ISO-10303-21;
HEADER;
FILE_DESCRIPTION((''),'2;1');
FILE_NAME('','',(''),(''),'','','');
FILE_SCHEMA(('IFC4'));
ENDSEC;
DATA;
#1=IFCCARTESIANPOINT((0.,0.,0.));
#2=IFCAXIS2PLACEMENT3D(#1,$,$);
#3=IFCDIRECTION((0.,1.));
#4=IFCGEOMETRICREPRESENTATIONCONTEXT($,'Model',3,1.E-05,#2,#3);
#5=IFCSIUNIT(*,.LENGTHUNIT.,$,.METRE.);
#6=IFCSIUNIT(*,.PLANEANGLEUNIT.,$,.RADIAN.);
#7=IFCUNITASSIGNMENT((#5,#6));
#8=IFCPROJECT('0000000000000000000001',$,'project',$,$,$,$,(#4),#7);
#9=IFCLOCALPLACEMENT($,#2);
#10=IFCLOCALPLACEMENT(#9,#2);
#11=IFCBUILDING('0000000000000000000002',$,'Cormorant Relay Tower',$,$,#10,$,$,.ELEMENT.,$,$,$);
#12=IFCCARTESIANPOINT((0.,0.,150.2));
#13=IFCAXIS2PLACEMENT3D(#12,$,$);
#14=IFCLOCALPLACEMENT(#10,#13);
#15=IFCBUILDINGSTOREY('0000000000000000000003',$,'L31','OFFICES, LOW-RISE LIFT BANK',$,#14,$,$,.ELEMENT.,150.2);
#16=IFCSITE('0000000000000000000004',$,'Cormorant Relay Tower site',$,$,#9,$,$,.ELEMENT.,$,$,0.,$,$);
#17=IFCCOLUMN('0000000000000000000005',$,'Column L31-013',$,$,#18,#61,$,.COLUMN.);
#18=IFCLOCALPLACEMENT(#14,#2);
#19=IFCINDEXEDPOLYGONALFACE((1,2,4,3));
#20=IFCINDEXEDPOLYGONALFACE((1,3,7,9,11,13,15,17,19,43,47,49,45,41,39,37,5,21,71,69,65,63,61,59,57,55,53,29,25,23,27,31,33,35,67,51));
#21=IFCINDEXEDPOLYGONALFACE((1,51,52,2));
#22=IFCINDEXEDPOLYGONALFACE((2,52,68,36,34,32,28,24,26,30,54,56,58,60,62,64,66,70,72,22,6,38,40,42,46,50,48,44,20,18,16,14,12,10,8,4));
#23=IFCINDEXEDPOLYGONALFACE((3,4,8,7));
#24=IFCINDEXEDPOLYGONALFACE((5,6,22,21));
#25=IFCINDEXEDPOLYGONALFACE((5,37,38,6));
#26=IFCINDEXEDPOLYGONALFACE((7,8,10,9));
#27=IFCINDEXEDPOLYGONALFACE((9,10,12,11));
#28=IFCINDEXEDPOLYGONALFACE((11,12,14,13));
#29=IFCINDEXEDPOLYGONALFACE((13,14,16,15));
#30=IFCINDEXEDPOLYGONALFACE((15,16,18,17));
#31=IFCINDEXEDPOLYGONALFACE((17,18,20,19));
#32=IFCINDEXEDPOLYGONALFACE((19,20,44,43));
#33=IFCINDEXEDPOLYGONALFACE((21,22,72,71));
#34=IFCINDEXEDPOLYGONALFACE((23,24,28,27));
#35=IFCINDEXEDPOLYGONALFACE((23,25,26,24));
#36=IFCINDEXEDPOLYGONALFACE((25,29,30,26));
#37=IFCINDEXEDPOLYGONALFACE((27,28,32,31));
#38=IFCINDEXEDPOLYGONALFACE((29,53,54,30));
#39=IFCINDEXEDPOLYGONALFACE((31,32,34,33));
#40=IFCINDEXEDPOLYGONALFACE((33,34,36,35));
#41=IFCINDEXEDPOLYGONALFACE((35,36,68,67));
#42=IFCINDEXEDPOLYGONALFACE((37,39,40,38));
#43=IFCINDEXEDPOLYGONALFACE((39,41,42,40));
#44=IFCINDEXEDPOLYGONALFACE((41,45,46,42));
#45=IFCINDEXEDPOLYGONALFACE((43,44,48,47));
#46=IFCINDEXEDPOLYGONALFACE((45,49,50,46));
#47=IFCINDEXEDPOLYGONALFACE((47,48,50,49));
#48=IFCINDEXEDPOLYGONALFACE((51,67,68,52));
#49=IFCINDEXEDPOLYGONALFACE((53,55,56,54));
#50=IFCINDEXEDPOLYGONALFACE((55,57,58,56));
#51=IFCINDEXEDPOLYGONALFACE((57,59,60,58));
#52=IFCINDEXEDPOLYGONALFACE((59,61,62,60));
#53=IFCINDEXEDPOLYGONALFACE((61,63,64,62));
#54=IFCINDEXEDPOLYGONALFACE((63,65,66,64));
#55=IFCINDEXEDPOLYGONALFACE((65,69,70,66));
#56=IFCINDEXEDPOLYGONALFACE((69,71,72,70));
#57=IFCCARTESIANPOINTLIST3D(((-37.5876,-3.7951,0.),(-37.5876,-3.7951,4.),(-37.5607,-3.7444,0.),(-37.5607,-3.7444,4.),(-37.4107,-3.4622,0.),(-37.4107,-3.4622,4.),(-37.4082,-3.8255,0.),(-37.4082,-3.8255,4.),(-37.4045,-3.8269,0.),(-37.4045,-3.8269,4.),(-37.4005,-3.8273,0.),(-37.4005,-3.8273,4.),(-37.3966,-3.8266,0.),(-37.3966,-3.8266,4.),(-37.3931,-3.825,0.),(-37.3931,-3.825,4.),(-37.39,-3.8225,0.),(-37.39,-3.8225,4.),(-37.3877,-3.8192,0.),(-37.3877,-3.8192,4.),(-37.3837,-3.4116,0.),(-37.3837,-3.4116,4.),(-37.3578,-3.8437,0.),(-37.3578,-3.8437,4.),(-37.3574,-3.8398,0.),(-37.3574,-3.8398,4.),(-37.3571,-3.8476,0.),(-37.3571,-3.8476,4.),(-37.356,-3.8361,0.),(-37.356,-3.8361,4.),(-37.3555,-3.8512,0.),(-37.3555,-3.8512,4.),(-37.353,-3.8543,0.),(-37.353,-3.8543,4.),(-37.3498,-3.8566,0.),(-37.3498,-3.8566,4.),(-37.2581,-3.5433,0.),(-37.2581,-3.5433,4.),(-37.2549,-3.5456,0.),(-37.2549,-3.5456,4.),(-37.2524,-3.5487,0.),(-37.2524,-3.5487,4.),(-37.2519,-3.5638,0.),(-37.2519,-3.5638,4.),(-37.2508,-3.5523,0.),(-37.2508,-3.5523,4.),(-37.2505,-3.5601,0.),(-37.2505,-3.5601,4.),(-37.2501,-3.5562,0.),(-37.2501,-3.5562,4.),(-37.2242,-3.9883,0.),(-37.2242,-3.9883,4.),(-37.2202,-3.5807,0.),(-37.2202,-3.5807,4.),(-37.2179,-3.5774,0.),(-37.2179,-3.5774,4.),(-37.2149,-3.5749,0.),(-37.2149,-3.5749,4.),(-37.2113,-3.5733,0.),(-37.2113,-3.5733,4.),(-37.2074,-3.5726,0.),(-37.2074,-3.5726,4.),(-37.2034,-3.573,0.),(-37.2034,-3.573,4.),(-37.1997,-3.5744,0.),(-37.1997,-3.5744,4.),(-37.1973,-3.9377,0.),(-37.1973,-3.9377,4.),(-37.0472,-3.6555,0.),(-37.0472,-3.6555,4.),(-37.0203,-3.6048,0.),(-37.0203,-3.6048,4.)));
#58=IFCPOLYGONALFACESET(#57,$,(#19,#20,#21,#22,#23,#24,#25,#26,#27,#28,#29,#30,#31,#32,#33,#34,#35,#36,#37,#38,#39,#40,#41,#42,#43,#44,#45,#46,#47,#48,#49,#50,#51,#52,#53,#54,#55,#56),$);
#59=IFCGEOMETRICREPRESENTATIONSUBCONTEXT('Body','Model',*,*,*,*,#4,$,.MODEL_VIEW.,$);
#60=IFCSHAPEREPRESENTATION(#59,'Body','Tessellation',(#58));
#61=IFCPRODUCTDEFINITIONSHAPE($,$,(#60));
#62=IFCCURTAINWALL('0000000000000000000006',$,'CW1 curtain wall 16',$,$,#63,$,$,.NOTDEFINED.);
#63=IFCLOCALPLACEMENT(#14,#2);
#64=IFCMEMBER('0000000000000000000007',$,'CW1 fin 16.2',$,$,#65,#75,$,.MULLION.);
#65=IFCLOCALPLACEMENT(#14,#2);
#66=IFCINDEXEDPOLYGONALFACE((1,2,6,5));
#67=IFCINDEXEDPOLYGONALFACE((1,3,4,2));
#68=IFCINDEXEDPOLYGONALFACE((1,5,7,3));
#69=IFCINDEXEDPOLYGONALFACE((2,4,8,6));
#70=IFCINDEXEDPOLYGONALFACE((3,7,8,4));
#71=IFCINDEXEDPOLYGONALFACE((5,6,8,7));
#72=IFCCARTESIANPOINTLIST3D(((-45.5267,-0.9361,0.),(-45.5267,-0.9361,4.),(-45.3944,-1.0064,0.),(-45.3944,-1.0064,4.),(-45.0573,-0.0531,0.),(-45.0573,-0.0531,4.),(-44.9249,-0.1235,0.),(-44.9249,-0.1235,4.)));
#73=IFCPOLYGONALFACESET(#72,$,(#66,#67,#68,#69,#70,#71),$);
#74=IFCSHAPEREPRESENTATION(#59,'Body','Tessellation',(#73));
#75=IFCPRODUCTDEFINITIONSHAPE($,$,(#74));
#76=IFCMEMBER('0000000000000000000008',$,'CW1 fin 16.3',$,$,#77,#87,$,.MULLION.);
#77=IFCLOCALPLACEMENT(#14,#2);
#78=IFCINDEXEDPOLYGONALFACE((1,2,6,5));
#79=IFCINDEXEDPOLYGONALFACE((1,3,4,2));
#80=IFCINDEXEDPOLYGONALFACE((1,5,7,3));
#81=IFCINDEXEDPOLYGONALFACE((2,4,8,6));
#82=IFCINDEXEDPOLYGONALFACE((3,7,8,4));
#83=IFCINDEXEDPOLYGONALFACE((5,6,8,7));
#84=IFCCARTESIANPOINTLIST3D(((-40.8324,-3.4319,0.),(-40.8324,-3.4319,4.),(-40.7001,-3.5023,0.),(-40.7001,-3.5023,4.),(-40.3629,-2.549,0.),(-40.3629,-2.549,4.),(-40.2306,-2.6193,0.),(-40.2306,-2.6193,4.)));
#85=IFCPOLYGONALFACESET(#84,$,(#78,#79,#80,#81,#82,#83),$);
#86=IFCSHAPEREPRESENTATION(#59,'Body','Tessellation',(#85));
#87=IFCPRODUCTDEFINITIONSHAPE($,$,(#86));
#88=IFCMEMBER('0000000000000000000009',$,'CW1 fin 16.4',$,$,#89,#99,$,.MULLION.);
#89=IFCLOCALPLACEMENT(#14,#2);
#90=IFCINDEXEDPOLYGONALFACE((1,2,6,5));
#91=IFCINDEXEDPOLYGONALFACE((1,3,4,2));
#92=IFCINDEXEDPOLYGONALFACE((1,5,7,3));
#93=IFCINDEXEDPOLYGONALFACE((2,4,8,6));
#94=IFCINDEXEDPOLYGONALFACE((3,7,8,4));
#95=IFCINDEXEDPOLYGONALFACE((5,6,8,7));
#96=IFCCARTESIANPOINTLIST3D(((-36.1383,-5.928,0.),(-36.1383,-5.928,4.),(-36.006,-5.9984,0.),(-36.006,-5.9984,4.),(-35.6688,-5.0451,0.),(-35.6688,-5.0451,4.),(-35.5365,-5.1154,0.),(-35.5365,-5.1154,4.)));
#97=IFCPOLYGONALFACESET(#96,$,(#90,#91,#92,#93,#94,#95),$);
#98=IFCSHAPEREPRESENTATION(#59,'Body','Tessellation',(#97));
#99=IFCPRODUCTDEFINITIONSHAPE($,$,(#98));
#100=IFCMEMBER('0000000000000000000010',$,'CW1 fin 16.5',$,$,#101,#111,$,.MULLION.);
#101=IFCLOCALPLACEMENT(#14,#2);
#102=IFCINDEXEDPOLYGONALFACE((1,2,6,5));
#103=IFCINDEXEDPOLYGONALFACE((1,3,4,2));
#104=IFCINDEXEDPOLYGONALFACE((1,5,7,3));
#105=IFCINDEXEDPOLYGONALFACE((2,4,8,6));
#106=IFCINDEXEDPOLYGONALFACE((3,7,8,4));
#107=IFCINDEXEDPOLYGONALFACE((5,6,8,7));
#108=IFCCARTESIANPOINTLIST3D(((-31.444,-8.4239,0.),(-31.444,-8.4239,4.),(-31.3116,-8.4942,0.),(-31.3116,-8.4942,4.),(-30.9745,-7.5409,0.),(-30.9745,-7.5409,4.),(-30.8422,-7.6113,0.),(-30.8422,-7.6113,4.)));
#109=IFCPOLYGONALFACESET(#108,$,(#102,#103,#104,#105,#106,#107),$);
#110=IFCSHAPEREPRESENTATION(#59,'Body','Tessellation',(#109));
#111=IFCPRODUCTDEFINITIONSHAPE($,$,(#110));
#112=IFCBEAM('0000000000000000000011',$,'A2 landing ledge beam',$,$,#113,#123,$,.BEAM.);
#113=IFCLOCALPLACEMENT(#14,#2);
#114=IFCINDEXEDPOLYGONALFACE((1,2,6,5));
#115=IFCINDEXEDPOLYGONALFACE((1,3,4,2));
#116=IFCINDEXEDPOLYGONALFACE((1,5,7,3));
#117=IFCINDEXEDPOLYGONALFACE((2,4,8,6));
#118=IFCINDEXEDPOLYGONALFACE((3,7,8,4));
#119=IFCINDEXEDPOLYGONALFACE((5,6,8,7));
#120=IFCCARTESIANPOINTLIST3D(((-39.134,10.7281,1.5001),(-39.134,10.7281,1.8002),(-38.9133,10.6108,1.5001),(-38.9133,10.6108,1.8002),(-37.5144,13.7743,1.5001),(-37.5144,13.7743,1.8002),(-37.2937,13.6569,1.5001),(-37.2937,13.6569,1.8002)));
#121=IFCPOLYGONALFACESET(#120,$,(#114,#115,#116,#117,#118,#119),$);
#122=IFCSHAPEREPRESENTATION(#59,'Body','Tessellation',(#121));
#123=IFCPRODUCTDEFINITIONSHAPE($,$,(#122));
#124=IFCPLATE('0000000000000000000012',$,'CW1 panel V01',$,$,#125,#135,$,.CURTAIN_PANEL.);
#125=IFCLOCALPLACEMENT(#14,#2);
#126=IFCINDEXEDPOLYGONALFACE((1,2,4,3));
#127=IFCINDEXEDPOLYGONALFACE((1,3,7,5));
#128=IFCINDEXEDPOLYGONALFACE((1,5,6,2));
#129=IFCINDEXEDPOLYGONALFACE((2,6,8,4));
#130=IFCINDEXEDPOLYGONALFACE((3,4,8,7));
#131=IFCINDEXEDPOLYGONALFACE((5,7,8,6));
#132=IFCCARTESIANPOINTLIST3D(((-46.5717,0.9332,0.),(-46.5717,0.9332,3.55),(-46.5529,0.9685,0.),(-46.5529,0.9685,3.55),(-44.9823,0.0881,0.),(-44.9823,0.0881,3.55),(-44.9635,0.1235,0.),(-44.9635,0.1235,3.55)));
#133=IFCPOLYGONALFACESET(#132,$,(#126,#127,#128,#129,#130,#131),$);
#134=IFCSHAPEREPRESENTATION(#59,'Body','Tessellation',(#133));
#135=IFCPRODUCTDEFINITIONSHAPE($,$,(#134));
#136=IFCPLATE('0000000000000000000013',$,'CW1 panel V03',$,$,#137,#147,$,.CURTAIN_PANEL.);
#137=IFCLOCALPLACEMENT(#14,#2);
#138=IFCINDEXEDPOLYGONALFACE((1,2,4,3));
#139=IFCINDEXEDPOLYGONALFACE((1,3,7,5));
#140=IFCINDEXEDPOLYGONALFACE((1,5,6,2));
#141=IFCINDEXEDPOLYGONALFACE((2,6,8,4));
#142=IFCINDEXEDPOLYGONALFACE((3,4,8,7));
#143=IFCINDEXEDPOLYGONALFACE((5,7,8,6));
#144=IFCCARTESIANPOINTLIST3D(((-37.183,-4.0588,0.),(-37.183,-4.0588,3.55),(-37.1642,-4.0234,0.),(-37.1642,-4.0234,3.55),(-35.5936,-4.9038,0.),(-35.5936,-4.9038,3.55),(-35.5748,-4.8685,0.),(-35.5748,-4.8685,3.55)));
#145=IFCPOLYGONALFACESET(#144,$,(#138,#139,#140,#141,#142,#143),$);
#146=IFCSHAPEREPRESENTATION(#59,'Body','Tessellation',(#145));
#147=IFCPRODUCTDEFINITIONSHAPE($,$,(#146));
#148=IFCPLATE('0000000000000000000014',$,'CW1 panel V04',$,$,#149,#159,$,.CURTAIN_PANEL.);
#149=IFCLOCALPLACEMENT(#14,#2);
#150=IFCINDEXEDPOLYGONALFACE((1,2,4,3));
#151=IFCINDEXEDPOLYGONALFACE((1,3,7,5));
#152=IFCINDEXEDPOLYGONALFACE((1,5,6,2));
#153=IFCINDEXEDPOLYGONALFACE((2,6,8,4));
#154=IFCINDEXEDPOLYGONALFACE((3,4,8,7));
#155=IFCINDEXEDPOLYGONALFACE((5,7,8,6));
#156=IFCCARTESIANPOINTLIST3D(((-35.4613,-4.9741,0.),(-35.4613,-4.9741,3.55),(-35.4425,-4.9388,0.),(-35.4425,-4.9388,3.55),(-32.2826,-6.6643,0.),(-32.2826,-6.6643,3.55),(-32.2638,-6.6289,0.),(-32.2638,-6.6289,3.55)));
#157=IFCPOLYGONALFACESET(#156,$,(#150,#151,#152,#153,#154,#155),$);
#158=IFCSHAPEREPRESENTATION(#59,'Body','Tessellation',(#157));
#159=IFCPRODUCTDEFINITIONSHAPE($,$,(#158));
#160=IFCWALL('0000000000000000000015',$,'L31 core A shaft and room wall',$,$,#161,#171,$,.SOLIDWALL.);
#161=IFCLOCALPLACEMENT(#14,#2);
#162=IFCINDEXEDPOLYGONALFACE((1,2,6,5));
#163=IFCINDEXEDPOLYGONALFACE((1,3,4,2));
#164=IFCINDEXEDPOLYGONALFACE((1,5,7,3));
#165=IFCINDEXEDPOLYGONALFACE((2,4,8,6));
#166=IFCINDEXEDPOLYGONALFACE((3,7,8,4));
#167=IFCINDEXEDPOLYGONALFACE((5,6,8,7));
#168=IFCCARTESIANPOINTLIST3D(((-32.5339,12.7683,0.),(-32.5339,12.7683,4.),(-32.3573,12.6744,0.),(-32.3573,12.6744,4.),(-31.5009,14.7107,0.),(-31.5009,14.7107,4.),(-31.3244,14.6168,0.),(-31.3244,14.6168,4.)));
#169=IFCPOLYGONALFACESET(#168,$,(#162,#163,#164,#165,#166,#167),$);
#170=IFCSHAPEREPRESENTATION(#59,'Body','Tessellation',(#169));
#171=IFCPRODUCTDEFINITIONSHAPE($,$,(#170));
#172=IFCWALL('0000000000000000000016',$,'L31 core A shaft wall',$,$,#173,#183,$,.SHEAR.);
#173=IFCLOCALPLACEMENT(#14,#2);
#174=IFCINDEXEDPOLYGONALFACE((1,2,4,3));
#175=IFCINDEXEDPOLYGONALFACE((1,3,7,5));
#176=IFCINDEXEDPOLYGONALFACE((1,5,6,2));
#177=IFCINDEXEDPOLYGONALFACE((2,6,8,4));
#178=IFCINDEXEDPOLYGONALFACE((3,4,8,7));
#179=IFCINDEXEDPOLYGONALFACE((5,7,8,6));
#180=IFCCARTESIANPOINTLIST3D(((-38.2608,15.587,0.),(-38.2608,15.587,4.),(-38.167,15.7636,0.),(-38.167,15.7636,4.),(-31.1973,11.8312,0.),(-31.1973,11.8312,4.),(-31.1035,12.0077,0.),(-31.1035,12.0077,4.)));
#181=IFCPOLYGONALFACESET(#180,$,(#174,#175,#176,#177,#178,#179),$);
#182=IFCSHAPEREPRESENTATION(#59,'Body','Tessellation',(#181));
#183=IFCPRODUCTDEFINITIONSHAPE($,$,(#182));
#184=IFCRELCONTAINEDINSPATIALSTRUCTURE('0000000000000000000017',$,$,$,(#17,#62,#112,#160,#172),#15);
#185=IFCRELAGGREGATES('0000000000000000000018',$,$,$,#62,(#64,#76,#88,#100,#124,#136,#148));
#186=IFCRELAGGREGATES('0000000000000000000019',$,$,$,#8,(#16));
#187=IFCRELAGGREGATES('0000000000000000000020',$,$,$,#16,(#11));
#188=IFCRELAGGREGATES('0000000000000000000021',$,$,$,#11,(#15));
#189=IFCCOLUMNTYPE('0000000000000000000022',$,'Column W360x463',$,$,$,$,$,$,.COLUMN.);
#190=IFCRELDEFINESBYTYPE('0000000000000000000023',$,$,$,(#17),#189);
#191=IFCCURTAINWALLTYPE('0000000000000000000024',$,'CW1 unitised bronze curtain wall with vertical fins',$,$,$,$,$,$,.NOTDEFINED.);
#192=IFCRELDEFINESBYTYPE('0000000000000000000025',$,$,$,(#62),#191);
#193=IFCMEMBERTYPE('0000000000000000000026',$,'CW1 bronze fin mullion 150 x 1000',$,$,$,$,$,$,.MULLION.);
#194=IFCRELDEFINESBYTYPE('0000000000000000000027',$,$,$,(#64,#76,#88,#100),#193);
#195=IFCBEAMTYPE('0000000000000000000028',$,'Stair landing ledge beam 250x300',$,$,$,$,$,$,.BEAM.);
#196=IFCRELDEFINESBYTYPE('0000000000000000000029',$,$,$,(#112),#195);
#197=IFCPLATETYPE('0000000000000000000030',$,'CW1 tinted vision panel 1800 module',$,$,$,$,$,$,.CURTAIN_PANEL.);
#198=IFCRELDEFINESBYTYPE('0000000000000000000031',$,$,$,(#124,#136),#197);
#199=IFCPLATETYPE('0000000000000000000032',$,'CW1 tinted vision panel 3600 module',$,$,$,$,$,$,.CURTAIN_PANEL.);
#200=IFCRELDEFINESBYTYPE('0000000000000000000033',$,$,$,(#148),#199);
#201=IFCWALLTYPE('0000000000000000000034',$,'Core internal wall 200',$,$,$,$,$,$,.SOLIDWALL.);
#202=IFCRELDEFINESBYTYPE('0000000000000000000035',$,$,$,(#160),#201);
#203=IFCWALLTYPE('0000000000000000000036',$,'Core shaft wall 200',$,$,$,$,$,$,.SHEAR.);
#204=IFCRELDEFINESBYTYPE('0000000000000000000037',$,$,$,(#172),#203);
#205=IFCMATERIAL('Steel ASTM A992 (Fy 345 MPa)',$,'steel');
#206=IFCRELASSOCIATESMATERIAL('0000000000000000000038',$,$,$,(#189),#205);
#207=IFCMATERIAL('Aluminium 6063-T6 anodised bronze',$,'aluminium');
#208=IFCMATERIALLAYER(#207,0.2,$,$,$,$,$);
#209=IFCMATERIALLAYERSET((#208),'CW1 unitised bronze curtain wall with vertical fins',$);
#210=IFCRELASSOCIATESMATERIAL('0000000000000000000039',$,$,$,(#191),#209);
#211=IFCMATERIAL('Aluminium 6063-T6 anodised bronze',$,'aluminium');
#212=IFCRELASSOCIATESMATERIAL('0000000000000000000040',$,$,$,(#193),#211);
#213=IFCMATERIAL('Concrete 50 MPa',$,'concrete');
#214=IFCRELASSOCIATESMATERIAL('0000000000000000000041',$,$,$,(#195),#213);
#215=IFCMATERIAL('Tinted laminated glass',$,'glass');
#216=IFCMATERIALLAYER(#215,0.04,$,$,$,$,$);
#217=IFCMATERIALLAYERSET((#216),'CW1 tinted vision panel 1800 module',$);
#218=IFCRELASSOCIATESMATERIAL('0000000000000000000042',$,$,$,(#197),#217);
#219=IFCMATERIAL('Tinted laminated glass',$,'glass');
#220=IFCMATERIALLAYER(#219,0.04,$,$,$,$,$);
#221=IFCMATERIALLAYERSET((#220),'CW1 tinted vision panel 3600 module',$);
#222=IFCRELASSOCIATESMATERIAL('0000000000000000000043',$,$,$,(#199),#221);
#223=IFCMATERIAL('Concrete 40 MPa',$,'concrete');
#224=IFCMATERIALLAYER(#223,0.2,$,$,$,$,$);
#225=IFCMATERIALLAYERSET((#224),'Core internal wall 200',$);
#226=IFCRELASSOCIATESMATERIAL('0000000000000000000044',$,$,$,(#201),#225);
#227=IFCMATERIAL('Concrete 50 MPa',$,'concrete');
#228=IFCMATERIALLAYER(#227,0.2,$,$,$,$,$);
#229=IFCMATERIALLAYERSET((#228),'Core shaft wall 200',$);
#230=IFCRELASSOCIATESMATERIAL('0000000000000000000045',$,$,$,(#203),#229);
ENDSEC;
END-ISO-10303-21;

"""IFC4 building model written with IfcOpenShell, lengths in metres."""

from ifc_helpers import new_model, si_unit, direction, frame, frame_2d, origin, origin_2d, place, context, subcontext, project, spatial, rectangle, i_section, extrude, material, layer, layer_set, material_profile, profile_set, type_object, element, aggregate, save


model = new_model("IFC4")

# Units and contexts
model_context = context("Model", 3, precision=1e-05, world=origin(), true_north=direction((0.0, 1.0)))
body_context = subcontext(model_context, "Body", "Model", "MODEL_VIEW")
ifc_project = project(units=[si_unit("LENGTHUNIT", "METRE"), si_unit("PLANEANGLEUNIT", "RADIAN")], contexts=[model_context])

# Site, building, storey
site_placement = place(None, origin())
site = spatial("IfcSite", under=ifc_project, at=site_placement, Name="Cormorant Relay Tower site", CompositionType="ELEMENT", RefElevation=0.0)
building_placement = place(site_placement, origin())
building = spatial("IfcBuilding", under=site, at=building_placement, Name="Cormorant Relay Tower", CompositionType="ELEMENT")
storey_placement = place(building_placement, frame((0.0, 0.0, 150.2)))
storey = spatial("IfcBuildingStorey", under=building, at=storey_placement, Name="L31", Description="OFFICES, LOW-RISE LIFT BANK", CompositionType="ELEMENT", Elevation=150.2)

# Column
ifc_material_1 = material(Name="Steel ASTM A992 (Fy 345 MPa)", Category="steel")
ifc_material_profile_1 = material_profile(ifc_material_1, i_section(OverallWidth=0.4116, OverallDepth=0.4343, WebThickness=0.0359, FlangeThickness=0.0574, FilletRadius=0.0151, at=origin_2d()), Name="W360x463")
ifc_profile_set_1 = profile_set([ifc_material_profile_1], Name="Steel ASTM A992 (Fy 345 MPa)")
column_type = type_object("IfcColumnType", Name="Column W360x463", PredefinedType="COLUMN", material=ifc_profile_set_1)
column_placement = place(storey_placement, frame((-37.304, -3.7, 0.0), z_axis=(0.0, 0.0, 1.0), x_axis=(0.882948, -0.469472, 0.0)))
element("IfcColumn", 1, at=column_placement, inside=storey, type_object=column_type, Name="Column L31-013", PredefinedType="COLUMN", context=body_context, shape_type="SweptSolid", body=[
    extrude(i_section(OverallWidth=0.4116, OverallDepth=0.4343, WebThickness=0.0359, FlangeThickness=0.0574, FilletRadius=0.0151, at=origin_2d()), origin(), (0.0, 0.0, 1.0), 4.0),
])

# Curtain wall, members
ifc_material_2 = material(Name="Aluminium 6063-T6 anodised bronze", Category="aluminium")
ifc_layer_1 = layer(ifc_material_2, 0.2)
ifc_layer_set_1 = layer_set([ifc_layer_1], Name="CW1 unitised bronze curtain wall with vertical fins")
curtain_wall_type = type_object("IfcCurtainWallType", Name="CW1 unitised bronze curtain wall with vertical fins", PredefinedType="NOTDEFINED", material=ifc_layer_set_1)
curtain_wall_placement = place(storey_placement, origin())
curtain_wall = element("IfcCurtainWall", 2, at=curtain_wall_placement, inside=storey, type_object=curtain_wall_type, Name="CW1 curtain wall 16", PredefinedType="NOTDEFINED")
ifc_material_3 = material(Name="Aluminium 6063-T6 anodised bronze", Category="aluminium")
ifc_material_profile_2 = material_profile(ifc_material_3, rectangle(XDim=0.1499, YDim=1.0, at=origin_2d()), Name="AL 150x1000")
ifc_profile_set_2 = profile_set([ifc_material_profile_2], Name="Aluminium 6063-T6 anodised bronze")
member_type = type_object("IfcMemberType", Name="CW1 bronze fin mullion 150 x 1000", PredefinedType="MULLION", material=ifc_profile_set_2)
member_1_placement = place(storey_placement, frame((-45.2258, -0.5298, 0.0), z_axis=(0.0, 0.0, 1.0), x_axis=(0.882948, -0.469472, 0.0)))
member_1 = element("IfcMember", 3, at=member_1_placement, type_object=member_type, Name="CW1 fin 16.2", PredefinedType="MULLION", context=body_context, shape_type="SweptSolid", body=[
    extrude(rectangle(XDim=0.1499, YDim=1.0, at=origin_2d()), origin(), (0.0, 0.0, 1.0), 4.0),
])
member_2_placement = place(storey_placement, frame((-40.5315, -3.0256, 0.0), z_axis=(0.0, 0.0, 1.0), x_axis=(0.882948, -0.469472, 0.0)))
member_2 = element("IfcMember", 4, at=member_2_placement, type_object=member_type, Name="CW1 fin 16.3", PredefinedType="MULLION", context=body_context, shape_type="SweptSolid", body=[
    extrude(rectangle(XDim=0.1499, YDim=1.0, at=origin_2d()), origin(), (0.0, 0.0, 1.0), 4.0),
])
member_3_placement = place(storey_placement, frame((-35.8374, -5.5217, 0.0), z_axis=(0.0, 0.0, 1.0), x_axis=(0.882948, -0.469472, 0.0)))
member_3 = element("IfcMember", 5, at=member_3_placement, type_object=member_type, Name="CW1 fin 16.4", PredefinedType="MULLION", context=body_context, shape_type="SweptSolid", body=[
    extrude(rectangle(XDim=0.1499, YDim=1.0, at=origin_2d()), origin(), (0.0, 0.0, 1.0), 4.0),
])
member_4_placement = place(storey_placement, frame((-31.1431, -8.0176, 0.0), z_axis=(0.0, 0.0, 1.0), x_axis=(0.882948, -0.469472, 0.0)))
member_4 = element("IfcMember", 6, at=member_4_placement, type_object=member_type, Name="CW1 fin 16.5", PredefinedType="MULLION", context=body_context, shape_type="SweptSolid", body=[
    extrude(rectangle(XDim=0.1499, YDim=1.0, at=origin_2d()), origin(), (0.0, 0.0, 1.0), 4.0),
])

# Beam
ifc_material_4 = material(Name="Concrete 50 MPa", Category="concrete")
ifc_material_profile_3 = material_profile(ifc_material_4, rectangle(XDim=0.25, YDim=0.3, at=origin_2d()), Name="RC 250x300")
ifc_profile_set_3 = profile_set([ifc_material_profile_3], Name="Concrete 50 MPa")
beam_type = type_object("IfcBeamType", Name="Stair landing ledge beam 250x300", PredefinedType="BEAM", material=ifc_profile_set_3)
beam_placement = place(storey_placement, frame((-37.4041, 13.7156, 1.6501), z_axis=(-0.469464, -0.882952, 0.0), x_axis=(0.882952, -0.469464, 0.0)))
element("IfcBeam", 7, at=beam_placement, inside=storey, type_object=beam_type, Name="A2 landing ledge beam", PredefinedType="BEAM", context=body_context, shape_type="SweptSolid", body=[
    extrude(rectangle(XDim=0.25, YDim=0.3, at=origin_2d()), origin(), (0.0, 0.0, 1.0), 3.45),
])

# Plates
ifc_material_5 = material(Name="Tinted laminated glass", Category="glass")
ifc_layer_2 = layer(ifc_material_5, 0.04)
ifc_layer_set_2 = layer_set([ifc_layer_2], Name="CW1 tinted vision panel 1800 module")
plate_type_1 = type_object("IfcPlateType", Name="CW1 tinted vision panel 1800 module", PredefinedType="CURTAIN_PANEL", material=ifc_layer_set_2)
plate_1_placement = place(storey_placement, frame((-45.7676, 0.5283, 0.0), z_axis=(0.0, 0.0, 1.0), x_axis=(0.882948, -0.469472, 0.0)))
plate_1 = element("IfcPlate", 8, at=plate_1_placement, type_object=plate_type_1, Name="CW1 panel V01", PredefinedType="CURTAIN_PANEL", context=body_context, shape_type="SweptSolid", body=[
    extrude(rectangle(XDim=1.8, YDim=0.04, at=origin_2d()), origin(), (0.0, 0.0, 1.0), 3.55),
])
plate_2_placement = place(storey_placement, frame((-36.3789, -4.4636, 0.0), z_axis=(0.0, 0.0, 1.0), x_axis=(0.882948, -0.469472, 0.0)))
plate_2 = element("IfcPlate", 9, at=plate_2_placement, type_object=plate_type_1, Name="CW1 panel V03", PredefinedType="CURTAIN_PANEL", context=body_context, shape_type="SweptSolid", body=[
    extrude(rectangle(XDim=1.8, YDim=0.04, at=origin_2d()), origin(), (0.0, 0.0, 1.0), 3.55),
])
ifc_material_6 = material(Name="Tinted laminated glass", Category="glass")
ifc_layer_3 = layer(ifc_material_6, 0.04)
ifc_layer_set_3 = layer_set([ifc_layer_3], Name="CW1 tinted vision panel 3600 module")
plate_type_2 = type_object("IfcPlateType", Name="CW1 tinted vision panel 3600 module", PredefinedType="CURTAIN_PANEL", material=ifc_layer_set_3)
plate_3_placement = place(storey_placement, frame((-33.8625, -5.8015, 0.0), z_axis=(0.0, 0.0, 1.0), x_axis=(0.882948, -0.469472, 0.0)))
plate_3 = element("IfcPlate", 10, at=plate_3_placement, type_object=plate_type_2, Name="CW1 panel V04", PredefinedType="CURTAIN_PANEL", context=body_context, shape_type="SweptSolid", body=[
    extrude(rectangle(XDim=3.6001, YDim=0.04, at=origin_2d()), origin(), (0.0, 0.0, 1.0), 3.55),
])

# Walls
ifc_material_7 = material(Name="Concrete 40 MPa", Category="concrete")
ifc_layer_4 = layer(ifc_material_7, 0.2)
ifc_layer_set_4 = layer_set([ifc_layer_4], Name="Core internal wall 200")
wall_type_1 = type_object("IfcWallType", Name="Core internal wall 200", PredefinedType="SOLIDWALL", material=ifc_layer_set_4)
wall_1_placement = place(storey_placement, frame((-31.4126, 14.6638, 0.0), z_axis=(0.0, 0.0, 1.0), x_axis=(-0.469534, -0.882914, 0.0)))
element("IfcWall", 11, at=wall_1_placement, inside=storey, type_object=wall_type_1, Name="L31 core A shaft and room wall", PredefinedType="SOLIDWALL", context=body_context, shape_type="SweptSolid", body=[
    extrude(rectangle(XDim=2.2, YDim=0.2, at=frame_2d((1.1001, 0.0))), origin(), (0.0, 0.0, 1.0), 4.0),
])
ifc_material_8 = material(Name="Concrete 50 MPa", Category="concrete")
ifc_layer_5 = layer(ifc_material_8, 0.2)
ifc_layer_set_5 = layer_set([ifc_layer_5], Name="Core shaft wall 200")
wall_type_2 = type_object("IfcWallType", Name="Core shaft wall 200", PredefinedType="SHEAR", material=ifc_layer_set_5)
for number, where, z_axis, x_axis, name in (
    (12, (-31.1504, 11.9194, 0.0), (0.0, 0.0, 1.0), (-0.88294, 0.469485, 0.0), "L31 core A shaft wall"),
):
    element("IfcWall", number, at=place(storey_placement, frame(where, z_axis=z_axis, x_axis=x_axis)), inside=storey, type_object=wall_type_2, Name=name, PredefinedType="SHEAR", context=body_context, shape_type="SweptSolid", body=[
        extrude(rectangle(XDim=8.0, YDim=0.2, at=frame_2d((4.0, 0.0))), origin(), (0.0, 0.0, 1.0), 4.0),
    ])

aggregate(curtain_wall, [member_1, member_2, member_3, member_4, plate_1, plate_2, plate_3])

save(model, "model.ifc")
